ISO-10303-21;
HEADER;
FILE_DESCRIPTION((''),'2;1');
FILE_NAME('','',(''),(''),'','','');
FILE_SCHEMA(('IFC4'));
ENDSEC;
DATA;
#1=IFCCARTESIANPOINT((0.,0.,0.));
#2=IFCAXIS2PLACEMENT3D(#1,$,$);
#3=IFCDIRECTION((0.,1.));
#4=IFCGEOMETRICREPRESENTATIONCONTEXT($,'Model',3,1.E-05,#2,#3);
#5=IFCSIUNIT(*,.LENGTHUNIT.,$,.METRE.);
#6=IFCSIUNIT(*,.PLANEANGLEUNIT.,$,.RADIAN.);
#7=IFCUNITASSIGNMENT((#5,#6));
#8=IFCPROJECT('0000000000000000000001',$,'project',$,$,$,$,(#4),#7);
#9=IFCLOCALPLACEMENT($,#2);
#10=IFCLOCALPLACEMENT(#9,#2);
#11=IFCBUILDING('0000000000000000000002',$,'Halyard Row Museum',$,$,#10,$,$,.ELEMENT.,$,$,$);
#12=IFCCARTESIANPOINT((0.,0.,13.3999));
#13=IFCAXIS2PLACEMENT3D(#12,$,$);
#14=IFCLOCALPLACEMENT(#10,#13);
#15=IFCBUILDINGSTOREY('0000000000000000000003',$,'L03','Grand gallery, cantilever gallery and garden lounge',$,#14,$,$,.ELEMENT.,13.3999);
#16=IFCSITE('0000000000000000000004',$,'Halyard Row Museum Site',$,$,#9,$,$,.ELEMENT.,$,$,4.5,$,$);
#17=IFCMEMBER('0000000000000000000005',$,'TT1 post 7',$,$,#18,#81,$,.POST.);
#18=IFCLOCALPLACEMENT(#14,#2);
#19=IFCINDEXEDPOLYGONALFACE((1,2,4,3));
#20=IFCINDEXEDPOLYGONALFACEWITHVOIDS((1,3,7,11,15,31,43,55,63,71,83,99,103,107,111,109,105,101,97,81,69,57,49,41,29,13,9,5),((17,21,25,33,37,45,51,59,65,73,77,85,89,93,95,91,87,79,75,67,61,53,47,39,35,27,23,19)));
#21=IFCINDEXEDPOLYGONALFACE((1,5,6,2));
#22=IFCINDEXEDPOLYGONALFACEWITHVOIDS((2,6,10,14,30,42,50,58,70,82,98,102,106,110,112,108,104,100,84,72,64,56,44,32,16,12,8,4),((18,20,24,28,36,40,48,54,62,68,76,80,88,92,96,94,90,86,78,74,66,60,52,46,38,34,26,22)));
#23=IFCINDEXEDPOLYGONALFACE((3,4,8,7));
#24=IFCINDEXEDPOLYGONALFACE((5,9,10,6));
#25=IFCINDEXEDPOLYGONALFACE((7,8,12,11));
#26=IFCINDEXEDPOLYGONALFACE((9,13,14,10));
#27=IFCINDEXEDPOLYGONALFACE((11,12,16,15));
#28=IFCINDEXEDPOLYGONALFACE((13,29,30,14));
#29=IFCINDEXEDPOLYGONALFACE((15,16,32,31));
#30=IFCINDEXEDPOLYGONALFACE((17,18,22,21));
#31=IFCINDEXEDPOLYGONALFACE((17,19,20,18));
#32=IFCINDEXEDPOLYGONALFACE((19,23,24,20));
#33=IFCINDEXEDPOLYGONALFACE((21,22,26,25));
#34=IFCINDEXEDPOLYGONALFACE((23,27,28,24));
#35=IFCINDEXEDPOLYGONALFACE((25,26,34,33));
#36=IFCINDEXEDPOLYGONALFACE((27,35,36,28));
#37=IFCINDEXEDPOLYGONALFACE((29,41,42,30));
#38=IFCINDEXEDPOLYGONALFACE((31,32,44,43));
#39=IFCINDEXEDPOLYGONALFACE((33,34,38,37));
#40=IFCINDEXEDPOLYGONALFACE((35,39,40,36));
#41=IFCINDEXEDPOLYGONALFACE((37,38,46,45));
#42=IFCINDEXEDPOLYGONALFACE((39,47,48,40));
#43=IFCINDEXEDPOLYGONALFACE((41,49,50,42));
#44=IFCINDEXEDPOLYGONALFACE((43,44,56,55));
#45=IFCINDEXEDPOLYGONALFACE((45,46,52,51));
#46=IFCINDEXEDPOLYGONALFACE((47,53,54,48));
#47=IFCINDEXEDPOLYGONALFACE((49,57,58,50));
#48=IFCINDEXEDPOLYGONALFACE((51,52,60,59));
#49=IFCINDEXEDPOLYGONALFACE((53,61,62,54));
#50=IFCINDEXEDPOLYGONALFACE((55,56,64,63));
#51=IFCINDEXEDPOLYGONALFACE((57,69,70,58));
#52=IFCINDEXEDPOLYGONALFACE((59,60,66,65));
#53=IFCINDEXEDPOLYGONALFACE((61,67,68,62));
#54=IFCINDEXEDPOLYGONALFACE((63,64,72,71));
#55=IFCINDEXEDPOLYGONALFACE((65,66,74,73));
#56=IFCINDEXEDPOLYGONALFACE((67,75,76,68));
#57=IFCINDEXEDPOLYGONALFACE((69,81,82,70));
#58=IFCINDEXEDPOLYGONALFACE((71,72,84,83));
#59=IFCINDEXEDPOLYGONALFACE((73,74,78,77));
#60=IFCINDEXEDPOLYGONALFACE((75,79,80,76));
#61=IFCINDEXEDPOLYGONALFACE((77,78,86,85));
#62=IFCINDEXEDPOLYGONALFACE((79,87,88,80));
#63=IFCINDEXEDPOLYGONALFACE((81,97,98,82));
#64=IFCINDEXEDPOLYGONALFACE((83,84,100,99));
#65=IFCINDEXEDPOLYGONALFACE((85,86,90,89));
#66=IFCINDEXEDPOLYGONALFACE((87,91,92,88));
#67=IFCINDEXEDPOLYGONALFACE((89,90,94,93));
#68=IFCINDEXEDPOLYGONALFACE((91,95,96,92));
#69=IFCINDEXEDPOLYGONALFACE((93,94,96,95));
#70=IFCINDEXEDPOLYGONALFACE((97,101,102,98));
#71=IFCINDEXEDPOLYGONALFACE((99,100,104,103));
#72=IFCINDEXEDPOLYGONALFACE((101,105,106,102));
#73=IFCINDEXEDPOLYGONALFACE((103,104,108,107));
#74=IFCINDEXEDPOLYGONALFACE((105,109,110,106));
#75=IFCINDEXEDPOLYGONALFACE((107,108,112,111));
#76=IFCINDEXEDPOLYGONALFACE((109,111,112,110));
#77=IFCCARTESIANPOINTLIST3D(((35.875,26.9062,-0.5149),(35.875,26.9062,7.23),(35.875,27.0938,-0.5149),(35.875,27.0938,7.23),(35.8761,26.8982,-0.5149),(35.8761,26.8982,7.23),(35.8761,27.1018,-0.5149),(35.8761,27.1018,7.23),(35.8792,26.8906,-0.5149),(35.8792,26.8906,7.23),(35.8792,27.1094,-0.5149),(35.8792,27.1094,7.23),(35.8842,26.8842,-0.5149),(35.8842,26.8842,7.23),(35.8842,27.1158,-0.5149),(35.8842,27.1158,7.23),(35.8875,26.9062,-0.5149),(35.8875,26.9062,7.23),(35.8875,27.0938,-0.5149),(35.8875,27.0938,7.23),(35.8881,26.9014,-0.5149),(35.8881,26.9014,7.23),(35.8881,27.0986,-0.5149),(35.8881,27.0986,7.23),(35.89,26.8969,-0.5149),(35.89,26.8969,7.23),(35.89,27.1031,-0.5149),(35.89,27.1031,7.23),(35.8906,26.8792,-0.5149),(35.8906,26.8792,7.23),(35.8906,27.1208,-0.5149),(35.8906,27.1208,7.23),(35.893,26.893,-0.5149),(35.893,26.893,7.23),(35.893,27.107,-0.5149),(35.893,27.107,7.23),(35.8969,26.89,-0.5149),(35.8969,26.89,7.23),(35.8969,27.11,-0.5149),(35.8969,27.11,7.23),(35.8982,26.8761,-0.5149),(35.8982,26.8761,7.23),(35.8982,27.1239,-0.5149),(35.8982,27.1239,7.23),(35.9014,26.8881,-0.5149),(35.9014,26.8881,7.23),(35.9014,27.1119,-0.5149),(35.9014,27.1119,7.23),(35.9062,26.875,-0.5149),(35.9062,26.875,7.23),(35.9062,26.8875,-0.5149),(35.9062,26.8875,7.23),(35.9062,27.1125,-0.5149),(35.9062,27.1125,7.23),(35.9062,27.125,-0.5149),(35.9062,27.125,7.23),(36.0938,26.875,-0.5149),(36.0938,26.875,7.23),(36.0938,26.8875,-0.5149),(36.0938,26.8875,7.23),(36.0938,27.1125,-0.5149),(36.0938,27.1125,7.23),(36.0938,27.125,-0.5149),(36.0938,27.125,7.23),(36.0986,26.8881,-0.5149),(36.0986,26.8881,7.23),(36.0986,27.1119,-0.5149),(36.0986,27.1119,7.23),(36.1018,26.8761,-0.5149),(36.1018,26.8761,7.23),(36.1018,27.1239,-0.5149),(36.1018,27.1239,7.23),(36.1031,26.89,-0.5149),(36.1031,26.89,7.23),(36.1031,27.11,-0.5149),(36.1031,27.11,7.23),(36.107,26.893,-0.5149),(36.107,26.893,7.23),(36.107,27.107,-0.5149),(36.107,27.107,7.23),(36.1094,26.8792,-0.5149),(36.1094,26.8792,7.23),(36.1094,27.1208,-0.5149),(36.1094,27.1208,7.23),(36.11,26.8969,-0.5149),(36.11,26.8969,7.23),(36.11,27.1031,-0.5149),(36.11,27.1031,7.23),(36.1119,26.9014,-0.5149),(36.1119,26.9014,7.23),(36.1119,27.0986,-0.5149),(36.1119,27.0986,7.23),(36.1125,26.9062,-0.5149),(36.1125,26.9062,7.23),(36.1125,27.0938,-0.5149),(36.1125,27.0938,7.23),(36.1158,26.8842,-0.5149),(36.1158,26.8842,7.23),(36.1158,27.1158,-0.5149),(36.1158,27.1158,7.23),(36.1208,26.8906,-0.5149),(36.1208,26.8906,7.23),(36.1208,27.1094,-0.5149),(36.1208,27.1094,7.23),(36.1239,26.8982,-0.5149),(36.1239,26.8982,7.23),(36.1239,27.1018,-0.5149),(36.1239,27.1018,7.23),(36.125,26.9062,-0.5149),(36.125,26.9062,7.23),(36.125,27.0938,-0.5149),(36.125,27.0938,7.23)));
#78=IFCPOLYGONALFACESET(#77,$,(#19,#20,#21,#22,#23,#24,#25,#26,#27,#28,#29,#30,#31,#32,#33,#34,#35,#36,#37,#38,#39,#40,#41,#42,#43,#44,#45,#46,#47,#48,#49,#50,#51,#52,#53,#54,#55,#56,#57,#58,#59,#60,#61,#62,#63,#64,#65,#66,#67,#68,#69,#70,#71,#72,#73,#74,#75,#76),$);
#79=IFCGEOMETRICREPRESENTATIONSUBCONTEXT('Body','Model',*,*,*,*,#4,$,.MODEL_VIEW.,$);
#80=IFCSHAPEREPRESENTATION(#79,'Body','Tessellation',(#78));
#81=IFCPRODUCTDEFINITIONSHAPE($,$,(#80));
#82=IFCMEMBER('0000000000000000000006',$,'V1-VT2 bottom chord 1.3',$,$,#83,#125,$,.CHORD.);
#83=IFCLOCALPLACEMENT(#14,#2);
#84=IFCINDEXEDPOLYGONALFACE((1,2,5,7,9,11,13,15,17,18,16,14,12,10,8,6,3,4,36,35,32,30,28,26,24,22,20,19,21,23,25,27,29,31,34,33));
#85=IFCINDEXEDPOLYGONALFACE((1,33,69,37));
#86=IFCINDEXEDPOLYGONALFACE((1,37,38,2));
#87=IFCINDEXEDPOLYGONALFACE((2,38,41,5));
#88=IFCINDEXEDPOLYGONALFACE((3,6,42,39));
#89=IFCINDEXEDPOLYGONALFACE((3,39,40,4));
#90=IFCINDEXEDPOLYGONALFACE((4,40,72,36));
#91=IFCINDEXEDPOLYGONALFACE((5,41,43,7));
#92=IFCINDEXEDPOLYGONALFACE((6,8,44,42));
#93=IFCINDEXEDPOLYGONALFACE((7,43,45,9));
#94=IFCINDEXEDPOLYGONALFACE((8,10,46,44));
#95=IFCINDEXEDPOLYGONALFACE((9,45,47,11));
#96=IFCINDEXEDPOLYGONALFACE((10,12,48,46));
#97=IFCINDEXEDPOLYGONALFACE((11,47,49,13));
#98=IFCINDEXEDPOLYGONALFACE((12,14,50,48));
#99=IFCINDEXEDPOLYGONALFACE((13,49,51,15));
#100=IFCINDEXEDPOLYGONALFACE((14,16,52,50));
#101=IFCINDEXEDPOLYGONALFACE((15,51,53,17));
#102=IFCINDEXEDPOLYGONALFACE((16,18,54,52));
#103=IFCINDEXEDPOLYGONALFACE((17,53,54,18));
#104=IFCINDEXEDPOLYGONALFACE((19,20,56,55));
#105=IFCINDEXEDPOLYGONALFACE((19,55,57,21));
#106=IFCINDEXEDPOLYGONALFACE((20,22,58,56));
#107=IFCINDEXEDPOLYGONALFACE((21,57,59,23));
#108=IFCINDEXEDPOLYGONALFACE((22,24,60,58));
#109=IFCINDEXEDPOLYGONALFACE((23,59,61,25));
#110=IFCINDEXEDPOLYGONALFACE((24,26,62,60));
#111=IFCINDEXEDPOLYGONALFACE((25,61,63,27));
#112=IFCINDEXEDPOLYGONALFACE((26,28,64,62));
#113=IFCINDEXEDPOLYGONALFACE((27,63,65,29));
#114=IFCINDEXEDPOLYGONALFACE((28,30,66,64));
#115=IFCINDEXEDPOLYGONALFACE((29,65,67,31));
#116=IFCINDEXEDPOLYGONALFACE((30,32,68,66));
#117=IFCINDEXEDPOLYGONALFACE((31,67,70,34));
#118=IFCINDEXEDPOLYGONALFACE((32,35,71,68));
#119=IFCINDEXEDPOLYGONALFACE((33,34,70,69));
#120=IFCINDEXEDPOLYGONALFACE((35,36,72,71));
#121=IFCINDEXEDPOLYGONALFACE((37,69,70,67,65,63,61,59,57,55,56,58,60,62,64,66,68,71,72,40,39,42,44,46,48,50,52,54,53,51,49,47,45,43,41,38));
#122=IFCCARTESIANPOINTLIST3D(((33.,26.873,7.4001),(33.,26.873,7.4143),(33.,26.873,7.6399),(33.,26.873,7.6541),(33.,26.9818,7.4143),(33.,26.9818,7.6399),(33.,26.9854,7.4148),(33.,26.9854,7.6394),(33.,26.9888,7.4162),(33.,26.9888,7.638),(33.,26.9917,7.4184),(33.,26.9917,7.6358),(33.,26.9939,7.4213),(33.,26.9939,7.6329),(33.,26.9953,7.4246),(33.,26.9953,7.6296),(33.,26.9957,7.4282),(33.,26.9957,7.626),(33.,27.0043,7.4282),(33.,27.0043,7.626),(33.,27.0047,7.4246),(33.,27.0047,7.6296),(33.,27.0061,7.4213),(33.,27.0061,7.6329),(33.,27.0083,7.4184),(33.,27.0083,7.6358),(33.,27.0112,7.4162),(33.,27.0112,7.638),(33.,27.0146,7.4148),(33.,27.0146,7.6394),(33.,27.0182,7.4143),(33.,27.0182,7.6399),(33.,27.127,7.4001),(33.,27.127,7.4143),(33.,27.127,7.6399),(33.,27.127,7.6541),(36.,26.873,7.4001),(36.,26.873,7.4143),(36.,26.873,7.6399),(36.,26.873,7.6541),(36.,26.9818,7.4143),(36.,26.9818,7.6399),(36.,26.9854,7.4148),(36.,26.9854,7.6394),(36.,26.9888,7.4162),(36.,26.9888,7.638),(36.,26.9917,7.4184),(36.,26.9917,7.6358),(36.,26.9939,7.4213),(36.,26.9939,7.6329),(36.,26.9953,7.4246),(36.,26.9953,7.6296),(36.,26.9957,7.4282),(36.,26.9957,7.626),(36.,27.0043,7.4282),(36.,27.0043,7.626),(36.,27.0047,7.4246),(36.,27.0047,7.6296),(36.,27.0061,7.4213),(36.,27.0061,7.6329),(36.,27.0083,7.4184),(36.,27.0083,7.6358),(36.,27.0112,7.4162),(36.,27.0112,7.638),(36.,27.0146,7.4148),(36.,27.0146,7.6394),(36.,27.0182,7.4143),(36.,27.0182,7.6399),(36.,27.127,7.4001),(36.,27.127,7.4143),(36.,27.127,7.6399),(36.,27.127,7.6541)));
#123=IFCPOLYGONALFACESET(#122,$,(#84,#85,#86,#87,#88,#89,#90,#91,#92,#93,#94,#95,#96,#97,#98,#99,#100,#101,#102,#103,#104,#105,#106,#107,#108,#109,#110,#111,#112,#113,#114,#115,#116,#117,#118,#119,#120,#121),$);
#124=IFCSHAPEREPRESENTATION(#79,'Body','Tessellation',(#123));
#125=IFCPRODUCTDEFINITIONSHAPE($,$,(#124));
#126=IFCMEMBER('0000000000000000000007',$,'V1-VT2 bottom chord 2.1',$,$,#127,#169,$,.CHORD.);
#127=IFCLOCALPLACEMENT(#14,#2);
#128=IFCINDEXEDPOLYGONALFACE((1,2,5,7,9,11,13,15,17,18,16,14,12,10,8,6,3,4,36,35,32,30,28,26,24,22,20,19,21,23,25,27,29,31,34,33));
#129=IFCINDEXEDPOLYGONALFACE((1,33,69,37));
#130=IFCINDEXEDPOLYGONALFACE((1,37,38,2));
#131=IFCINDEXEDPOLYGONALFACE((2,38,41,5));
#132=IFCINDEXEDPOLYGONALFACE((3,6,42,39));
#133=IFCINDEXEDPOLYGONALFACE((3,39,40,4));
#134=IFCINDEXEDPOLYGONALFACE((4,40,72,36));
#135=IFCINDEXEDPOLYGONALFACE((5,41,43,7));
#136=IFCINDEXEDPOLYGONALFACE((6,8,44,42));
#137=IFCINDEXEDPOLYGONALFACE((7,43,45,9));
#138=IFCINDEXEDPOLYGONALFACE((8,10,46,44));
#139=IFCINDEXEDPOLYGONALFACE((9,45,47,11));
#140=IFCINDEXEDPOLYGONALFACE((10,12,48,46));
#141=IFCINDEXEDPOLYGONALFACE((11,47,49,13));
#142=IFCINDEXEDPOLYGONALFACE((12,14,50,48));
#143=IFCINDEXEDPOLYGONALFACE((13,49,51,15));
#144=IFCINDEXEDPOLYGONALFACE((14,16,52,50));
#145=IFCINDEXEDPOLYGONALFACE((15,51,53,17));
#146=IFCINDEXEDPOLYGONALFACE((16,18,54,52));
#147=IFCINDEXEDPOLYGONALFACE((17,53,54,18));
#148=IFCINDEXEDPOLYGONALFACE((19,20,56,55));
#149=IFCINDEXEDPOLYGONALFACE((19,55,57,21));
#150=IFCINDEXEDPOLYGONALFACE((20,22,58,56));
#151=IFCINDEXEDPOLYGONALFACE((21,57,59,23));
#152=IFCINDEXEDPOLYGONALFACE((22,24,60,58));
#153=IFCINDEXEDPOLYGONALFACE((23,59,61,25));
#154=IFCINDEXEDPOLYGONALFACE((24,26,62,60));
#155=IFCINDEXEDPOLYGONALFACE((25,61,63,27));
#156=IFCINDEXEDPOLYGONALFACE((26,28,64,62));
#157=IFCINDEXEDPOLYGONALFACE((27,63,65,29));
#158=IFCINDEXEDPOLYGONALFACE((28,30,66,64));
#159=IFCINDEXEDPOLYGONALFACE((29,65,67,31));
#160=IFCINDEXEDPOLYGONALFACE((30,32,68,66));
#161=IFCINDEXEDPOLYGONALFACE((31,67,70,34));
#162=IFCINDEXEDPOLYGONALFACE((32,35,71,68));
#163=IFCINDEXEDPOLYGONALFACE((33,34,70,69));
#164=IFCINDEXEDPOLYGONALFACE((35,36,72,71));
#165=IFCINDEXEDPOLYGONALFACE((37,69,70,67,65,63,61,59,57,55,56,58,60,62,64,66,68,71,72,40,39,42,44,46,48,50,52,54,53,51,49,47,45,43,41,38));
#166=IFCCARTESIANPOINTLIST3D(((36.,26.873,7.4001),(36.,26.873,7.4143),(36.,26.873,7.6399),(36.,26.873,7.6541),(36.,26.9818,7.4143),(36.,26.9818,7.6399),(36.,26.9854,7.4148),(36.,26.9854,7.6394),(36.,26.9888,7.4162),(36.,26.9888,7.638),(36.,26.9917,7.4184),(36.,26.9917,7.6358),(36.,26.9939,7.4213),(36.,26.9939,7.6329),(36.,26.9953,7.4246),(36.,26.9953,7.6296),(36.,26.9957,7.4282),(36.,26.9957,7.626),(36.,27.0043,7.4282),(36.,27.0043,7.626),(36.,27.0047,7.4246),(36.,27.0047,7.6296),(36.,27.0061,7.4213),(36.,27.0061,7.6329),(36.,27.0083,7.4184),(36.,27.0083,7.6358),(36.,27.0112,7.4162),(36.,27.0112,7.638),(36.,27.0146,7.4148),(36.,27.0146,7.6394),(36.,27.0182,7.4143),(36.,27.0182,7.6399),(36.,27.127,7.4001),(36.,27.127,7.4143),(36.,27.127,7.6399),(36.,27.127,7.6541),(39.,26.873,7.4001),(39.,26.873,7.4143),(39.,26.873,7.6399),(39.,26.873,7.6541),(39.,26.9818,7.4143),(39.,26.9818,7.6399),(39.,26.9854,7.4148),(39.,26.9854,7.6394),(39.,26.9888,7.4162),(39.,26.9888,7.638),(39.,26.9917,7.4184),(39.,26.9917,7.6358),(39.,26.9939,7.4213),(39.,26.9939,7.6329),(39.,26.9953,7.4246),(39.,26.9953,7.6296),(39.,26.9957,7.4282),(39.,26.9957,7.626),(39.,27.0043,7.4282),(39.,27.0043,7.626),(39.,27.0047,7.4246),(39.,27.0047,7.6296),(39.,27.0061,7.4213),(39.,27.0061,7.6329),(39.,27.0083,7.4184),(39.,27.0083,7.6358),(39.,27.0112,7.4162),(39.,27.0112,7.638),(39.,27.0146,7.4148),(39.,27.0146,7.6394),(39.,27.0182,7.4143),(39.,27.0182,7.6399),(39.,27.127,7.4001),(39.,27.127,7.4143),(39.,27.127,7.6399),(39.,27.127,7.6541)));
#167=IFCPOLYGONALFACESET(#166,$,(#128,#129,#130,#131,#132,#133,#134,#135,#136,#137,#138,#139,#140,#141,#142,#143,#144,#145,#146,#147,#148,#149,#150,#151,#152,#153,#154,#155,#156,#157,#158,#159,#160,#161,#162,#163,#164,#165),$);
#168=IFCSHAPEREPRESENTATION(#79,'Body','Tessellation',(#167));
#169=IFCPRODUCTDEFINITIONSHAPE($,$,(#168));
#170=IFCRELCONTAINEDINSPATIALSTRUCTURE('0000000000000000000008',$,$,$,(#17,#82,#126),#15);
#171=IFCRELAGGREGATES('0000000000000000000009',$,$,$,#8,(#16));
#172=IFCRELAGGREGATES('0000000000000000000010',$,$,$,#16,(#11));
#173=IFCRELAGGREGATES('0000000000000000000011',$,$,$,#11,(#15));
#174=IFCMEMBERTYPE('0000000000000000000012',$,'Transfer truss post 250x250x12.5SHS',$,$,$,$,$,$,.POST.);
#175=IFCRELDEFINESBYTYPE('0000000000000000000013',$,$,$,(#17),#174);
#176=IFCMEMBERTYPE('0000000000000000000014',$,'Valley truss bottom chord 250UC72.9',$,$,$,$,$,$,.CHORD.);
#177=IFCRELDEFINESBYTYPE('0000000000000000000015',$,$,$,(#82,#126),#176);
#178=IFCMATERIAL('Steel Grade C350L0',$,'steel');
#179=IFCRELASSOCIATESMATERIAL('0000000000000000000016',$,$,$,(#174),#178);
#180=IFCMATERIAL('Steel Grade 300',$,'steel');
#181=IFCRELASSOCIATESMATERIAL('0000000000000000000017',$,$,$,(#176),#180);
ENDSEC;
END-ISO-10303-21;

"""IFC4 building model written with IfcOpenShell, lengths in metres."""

from ifc_helpers import new_model, si_unit, direction, frame, origin, origin_2d, place, context, subcontext, project, spatial, hollow_rectangle, i_section, extrude, material, material_profile, profile_set, type_object, element, save


model = new_model("IFC4")

# Units and contexts
model_context = context("Model", 3, precision=1e-05, world=origin(), true_north=direction((0.0, 1.0)))
body_context = subcontext(model_context, "Body", "Model", "MODEL_VIEW")
ifc_project = project(units=[si_unit("LENGTHUNIT", "METRE"), si_unit("PLANEANGLEUNIT", "RADIAN")], contexts=[model_context])

# Site, building, storey
site_placement = place(None, origin())
site = spatial("IfcSite", under=ifc_project, at=site_placement, Name="Halyard Row Museum Site", CompositionType="ELEMENT", RefElevation=4.5)
building_placement = place(site_placement, origin())
building = spatial("IfcBuilding", under=site, at=building_placement, Name="Halyard Row Museum", CompositionType="ELEMENT")
storey_placement = place(building_placement, frame((0.0, 0.0, 13.3999)))
storey = spatial("IfcBuildingStorey", under=building, at=storey_placement, Name="L03", Description="Grand gallery, cantilever gallery and garden lounge", CompositionType="ELEMENT", Elevation=13.3999)

# Members
ifc_material_1 = material(Name="Steel Grade C350L0", Category="steel")
ifc_material_profile_1 = material_profile(ifc_material_1, hollow_rectangle(XDim=0.25, YDim=0.25, WallThickness=0.0125, InnerFilletRadius=0.0188, OuterFilletRadius=0.0312, at=origin_2d()), Name="250x250x12.5SHS")
ifc_profile_set_1 = profile_set([ifc_material_profile_1], Name="Steel Grade C350L0")
member_type_1 = type_object("IfcMemberType", Name="Transfer truss post 250x250x12.5SHS", PredefinedType="POST", material=ifc_profile_set_1)
member_1_placement = place(storey_placement, frame((36.0, 27.0, -0.5149), z_axis=(0.0, 0.0, 1.0), x_axis=(1.0, 0.0, 0.0)))
element("IfcMember", 1, at=member_1_placement, inside=storey, type_object=member_type_1, Name="TT1 post 7", PredefinedType="POST", context=body_context, shape_type="SweptSolid", body=[
    extrude(hollow_rectangle(XDim=0.25, YDim=0.25, WallThickness=0.0125, InnerFilletRadius=0.0188, OuterFilletRadius=0.0312, at=origin_2d()), origin(), (0.0, 0.0, 1.0), 7.7449),
])
ifc_material_2 = material(Name="Steel Grade 300", Category="steel")
ifc_material_profile_2 = material_profile(ifc_material_2, i_section(OverallWidth=0.2539, OverallDepth=0.2539, WebThickness=0.0085, FlangeThickness=0.0142, FilletRadius=0.0139, at=origin_2d()), Name="250UC72.9")
ifc_profile_set_2 = profile_set([ifc_material_profile_2], Name="Steel Grade 300")
member_type_2 = type_object("IfcMemberType", Name="Valley truss bottom chord 250UC72.9", PredefinedType="CHORD", material=ifc_profile_set_2)
for number, where, z_axis, x_axis, name in (
    (2, (33.0, 27.0, 7.5271), (1.0, 0.0, 0.0), (0.0, 1.0, 0.0), "V1-VT2 bottom chord 1.3"),
    (3, (36.0, 27.0, 7.5271), (1.0, 0.0, 0.0), (0.0, 1.0, 0.0), "V1-VT2 bottom chord 2.1"),
):
    element("IfcMember", number, at=place(storey_placement, frame(where, z_axis=z_axis, x_axis=x_axis)), inside=storey, type_object=member_type_2, Name=name, PredefinedType="CHORD", context=body_context, shape_type="SweptSolid", body=[
        extrude(i_section(OverallWidth=0.2539, OverallDepth=0.2539, WebThickness=0.0085, FlangeThickness=0.0142, FilletRadius=0.0139, at=origin_2d()), origin(), (0.0, 0.0, 1.0), 3.0),
    ])

save(model, "model.ifc")
